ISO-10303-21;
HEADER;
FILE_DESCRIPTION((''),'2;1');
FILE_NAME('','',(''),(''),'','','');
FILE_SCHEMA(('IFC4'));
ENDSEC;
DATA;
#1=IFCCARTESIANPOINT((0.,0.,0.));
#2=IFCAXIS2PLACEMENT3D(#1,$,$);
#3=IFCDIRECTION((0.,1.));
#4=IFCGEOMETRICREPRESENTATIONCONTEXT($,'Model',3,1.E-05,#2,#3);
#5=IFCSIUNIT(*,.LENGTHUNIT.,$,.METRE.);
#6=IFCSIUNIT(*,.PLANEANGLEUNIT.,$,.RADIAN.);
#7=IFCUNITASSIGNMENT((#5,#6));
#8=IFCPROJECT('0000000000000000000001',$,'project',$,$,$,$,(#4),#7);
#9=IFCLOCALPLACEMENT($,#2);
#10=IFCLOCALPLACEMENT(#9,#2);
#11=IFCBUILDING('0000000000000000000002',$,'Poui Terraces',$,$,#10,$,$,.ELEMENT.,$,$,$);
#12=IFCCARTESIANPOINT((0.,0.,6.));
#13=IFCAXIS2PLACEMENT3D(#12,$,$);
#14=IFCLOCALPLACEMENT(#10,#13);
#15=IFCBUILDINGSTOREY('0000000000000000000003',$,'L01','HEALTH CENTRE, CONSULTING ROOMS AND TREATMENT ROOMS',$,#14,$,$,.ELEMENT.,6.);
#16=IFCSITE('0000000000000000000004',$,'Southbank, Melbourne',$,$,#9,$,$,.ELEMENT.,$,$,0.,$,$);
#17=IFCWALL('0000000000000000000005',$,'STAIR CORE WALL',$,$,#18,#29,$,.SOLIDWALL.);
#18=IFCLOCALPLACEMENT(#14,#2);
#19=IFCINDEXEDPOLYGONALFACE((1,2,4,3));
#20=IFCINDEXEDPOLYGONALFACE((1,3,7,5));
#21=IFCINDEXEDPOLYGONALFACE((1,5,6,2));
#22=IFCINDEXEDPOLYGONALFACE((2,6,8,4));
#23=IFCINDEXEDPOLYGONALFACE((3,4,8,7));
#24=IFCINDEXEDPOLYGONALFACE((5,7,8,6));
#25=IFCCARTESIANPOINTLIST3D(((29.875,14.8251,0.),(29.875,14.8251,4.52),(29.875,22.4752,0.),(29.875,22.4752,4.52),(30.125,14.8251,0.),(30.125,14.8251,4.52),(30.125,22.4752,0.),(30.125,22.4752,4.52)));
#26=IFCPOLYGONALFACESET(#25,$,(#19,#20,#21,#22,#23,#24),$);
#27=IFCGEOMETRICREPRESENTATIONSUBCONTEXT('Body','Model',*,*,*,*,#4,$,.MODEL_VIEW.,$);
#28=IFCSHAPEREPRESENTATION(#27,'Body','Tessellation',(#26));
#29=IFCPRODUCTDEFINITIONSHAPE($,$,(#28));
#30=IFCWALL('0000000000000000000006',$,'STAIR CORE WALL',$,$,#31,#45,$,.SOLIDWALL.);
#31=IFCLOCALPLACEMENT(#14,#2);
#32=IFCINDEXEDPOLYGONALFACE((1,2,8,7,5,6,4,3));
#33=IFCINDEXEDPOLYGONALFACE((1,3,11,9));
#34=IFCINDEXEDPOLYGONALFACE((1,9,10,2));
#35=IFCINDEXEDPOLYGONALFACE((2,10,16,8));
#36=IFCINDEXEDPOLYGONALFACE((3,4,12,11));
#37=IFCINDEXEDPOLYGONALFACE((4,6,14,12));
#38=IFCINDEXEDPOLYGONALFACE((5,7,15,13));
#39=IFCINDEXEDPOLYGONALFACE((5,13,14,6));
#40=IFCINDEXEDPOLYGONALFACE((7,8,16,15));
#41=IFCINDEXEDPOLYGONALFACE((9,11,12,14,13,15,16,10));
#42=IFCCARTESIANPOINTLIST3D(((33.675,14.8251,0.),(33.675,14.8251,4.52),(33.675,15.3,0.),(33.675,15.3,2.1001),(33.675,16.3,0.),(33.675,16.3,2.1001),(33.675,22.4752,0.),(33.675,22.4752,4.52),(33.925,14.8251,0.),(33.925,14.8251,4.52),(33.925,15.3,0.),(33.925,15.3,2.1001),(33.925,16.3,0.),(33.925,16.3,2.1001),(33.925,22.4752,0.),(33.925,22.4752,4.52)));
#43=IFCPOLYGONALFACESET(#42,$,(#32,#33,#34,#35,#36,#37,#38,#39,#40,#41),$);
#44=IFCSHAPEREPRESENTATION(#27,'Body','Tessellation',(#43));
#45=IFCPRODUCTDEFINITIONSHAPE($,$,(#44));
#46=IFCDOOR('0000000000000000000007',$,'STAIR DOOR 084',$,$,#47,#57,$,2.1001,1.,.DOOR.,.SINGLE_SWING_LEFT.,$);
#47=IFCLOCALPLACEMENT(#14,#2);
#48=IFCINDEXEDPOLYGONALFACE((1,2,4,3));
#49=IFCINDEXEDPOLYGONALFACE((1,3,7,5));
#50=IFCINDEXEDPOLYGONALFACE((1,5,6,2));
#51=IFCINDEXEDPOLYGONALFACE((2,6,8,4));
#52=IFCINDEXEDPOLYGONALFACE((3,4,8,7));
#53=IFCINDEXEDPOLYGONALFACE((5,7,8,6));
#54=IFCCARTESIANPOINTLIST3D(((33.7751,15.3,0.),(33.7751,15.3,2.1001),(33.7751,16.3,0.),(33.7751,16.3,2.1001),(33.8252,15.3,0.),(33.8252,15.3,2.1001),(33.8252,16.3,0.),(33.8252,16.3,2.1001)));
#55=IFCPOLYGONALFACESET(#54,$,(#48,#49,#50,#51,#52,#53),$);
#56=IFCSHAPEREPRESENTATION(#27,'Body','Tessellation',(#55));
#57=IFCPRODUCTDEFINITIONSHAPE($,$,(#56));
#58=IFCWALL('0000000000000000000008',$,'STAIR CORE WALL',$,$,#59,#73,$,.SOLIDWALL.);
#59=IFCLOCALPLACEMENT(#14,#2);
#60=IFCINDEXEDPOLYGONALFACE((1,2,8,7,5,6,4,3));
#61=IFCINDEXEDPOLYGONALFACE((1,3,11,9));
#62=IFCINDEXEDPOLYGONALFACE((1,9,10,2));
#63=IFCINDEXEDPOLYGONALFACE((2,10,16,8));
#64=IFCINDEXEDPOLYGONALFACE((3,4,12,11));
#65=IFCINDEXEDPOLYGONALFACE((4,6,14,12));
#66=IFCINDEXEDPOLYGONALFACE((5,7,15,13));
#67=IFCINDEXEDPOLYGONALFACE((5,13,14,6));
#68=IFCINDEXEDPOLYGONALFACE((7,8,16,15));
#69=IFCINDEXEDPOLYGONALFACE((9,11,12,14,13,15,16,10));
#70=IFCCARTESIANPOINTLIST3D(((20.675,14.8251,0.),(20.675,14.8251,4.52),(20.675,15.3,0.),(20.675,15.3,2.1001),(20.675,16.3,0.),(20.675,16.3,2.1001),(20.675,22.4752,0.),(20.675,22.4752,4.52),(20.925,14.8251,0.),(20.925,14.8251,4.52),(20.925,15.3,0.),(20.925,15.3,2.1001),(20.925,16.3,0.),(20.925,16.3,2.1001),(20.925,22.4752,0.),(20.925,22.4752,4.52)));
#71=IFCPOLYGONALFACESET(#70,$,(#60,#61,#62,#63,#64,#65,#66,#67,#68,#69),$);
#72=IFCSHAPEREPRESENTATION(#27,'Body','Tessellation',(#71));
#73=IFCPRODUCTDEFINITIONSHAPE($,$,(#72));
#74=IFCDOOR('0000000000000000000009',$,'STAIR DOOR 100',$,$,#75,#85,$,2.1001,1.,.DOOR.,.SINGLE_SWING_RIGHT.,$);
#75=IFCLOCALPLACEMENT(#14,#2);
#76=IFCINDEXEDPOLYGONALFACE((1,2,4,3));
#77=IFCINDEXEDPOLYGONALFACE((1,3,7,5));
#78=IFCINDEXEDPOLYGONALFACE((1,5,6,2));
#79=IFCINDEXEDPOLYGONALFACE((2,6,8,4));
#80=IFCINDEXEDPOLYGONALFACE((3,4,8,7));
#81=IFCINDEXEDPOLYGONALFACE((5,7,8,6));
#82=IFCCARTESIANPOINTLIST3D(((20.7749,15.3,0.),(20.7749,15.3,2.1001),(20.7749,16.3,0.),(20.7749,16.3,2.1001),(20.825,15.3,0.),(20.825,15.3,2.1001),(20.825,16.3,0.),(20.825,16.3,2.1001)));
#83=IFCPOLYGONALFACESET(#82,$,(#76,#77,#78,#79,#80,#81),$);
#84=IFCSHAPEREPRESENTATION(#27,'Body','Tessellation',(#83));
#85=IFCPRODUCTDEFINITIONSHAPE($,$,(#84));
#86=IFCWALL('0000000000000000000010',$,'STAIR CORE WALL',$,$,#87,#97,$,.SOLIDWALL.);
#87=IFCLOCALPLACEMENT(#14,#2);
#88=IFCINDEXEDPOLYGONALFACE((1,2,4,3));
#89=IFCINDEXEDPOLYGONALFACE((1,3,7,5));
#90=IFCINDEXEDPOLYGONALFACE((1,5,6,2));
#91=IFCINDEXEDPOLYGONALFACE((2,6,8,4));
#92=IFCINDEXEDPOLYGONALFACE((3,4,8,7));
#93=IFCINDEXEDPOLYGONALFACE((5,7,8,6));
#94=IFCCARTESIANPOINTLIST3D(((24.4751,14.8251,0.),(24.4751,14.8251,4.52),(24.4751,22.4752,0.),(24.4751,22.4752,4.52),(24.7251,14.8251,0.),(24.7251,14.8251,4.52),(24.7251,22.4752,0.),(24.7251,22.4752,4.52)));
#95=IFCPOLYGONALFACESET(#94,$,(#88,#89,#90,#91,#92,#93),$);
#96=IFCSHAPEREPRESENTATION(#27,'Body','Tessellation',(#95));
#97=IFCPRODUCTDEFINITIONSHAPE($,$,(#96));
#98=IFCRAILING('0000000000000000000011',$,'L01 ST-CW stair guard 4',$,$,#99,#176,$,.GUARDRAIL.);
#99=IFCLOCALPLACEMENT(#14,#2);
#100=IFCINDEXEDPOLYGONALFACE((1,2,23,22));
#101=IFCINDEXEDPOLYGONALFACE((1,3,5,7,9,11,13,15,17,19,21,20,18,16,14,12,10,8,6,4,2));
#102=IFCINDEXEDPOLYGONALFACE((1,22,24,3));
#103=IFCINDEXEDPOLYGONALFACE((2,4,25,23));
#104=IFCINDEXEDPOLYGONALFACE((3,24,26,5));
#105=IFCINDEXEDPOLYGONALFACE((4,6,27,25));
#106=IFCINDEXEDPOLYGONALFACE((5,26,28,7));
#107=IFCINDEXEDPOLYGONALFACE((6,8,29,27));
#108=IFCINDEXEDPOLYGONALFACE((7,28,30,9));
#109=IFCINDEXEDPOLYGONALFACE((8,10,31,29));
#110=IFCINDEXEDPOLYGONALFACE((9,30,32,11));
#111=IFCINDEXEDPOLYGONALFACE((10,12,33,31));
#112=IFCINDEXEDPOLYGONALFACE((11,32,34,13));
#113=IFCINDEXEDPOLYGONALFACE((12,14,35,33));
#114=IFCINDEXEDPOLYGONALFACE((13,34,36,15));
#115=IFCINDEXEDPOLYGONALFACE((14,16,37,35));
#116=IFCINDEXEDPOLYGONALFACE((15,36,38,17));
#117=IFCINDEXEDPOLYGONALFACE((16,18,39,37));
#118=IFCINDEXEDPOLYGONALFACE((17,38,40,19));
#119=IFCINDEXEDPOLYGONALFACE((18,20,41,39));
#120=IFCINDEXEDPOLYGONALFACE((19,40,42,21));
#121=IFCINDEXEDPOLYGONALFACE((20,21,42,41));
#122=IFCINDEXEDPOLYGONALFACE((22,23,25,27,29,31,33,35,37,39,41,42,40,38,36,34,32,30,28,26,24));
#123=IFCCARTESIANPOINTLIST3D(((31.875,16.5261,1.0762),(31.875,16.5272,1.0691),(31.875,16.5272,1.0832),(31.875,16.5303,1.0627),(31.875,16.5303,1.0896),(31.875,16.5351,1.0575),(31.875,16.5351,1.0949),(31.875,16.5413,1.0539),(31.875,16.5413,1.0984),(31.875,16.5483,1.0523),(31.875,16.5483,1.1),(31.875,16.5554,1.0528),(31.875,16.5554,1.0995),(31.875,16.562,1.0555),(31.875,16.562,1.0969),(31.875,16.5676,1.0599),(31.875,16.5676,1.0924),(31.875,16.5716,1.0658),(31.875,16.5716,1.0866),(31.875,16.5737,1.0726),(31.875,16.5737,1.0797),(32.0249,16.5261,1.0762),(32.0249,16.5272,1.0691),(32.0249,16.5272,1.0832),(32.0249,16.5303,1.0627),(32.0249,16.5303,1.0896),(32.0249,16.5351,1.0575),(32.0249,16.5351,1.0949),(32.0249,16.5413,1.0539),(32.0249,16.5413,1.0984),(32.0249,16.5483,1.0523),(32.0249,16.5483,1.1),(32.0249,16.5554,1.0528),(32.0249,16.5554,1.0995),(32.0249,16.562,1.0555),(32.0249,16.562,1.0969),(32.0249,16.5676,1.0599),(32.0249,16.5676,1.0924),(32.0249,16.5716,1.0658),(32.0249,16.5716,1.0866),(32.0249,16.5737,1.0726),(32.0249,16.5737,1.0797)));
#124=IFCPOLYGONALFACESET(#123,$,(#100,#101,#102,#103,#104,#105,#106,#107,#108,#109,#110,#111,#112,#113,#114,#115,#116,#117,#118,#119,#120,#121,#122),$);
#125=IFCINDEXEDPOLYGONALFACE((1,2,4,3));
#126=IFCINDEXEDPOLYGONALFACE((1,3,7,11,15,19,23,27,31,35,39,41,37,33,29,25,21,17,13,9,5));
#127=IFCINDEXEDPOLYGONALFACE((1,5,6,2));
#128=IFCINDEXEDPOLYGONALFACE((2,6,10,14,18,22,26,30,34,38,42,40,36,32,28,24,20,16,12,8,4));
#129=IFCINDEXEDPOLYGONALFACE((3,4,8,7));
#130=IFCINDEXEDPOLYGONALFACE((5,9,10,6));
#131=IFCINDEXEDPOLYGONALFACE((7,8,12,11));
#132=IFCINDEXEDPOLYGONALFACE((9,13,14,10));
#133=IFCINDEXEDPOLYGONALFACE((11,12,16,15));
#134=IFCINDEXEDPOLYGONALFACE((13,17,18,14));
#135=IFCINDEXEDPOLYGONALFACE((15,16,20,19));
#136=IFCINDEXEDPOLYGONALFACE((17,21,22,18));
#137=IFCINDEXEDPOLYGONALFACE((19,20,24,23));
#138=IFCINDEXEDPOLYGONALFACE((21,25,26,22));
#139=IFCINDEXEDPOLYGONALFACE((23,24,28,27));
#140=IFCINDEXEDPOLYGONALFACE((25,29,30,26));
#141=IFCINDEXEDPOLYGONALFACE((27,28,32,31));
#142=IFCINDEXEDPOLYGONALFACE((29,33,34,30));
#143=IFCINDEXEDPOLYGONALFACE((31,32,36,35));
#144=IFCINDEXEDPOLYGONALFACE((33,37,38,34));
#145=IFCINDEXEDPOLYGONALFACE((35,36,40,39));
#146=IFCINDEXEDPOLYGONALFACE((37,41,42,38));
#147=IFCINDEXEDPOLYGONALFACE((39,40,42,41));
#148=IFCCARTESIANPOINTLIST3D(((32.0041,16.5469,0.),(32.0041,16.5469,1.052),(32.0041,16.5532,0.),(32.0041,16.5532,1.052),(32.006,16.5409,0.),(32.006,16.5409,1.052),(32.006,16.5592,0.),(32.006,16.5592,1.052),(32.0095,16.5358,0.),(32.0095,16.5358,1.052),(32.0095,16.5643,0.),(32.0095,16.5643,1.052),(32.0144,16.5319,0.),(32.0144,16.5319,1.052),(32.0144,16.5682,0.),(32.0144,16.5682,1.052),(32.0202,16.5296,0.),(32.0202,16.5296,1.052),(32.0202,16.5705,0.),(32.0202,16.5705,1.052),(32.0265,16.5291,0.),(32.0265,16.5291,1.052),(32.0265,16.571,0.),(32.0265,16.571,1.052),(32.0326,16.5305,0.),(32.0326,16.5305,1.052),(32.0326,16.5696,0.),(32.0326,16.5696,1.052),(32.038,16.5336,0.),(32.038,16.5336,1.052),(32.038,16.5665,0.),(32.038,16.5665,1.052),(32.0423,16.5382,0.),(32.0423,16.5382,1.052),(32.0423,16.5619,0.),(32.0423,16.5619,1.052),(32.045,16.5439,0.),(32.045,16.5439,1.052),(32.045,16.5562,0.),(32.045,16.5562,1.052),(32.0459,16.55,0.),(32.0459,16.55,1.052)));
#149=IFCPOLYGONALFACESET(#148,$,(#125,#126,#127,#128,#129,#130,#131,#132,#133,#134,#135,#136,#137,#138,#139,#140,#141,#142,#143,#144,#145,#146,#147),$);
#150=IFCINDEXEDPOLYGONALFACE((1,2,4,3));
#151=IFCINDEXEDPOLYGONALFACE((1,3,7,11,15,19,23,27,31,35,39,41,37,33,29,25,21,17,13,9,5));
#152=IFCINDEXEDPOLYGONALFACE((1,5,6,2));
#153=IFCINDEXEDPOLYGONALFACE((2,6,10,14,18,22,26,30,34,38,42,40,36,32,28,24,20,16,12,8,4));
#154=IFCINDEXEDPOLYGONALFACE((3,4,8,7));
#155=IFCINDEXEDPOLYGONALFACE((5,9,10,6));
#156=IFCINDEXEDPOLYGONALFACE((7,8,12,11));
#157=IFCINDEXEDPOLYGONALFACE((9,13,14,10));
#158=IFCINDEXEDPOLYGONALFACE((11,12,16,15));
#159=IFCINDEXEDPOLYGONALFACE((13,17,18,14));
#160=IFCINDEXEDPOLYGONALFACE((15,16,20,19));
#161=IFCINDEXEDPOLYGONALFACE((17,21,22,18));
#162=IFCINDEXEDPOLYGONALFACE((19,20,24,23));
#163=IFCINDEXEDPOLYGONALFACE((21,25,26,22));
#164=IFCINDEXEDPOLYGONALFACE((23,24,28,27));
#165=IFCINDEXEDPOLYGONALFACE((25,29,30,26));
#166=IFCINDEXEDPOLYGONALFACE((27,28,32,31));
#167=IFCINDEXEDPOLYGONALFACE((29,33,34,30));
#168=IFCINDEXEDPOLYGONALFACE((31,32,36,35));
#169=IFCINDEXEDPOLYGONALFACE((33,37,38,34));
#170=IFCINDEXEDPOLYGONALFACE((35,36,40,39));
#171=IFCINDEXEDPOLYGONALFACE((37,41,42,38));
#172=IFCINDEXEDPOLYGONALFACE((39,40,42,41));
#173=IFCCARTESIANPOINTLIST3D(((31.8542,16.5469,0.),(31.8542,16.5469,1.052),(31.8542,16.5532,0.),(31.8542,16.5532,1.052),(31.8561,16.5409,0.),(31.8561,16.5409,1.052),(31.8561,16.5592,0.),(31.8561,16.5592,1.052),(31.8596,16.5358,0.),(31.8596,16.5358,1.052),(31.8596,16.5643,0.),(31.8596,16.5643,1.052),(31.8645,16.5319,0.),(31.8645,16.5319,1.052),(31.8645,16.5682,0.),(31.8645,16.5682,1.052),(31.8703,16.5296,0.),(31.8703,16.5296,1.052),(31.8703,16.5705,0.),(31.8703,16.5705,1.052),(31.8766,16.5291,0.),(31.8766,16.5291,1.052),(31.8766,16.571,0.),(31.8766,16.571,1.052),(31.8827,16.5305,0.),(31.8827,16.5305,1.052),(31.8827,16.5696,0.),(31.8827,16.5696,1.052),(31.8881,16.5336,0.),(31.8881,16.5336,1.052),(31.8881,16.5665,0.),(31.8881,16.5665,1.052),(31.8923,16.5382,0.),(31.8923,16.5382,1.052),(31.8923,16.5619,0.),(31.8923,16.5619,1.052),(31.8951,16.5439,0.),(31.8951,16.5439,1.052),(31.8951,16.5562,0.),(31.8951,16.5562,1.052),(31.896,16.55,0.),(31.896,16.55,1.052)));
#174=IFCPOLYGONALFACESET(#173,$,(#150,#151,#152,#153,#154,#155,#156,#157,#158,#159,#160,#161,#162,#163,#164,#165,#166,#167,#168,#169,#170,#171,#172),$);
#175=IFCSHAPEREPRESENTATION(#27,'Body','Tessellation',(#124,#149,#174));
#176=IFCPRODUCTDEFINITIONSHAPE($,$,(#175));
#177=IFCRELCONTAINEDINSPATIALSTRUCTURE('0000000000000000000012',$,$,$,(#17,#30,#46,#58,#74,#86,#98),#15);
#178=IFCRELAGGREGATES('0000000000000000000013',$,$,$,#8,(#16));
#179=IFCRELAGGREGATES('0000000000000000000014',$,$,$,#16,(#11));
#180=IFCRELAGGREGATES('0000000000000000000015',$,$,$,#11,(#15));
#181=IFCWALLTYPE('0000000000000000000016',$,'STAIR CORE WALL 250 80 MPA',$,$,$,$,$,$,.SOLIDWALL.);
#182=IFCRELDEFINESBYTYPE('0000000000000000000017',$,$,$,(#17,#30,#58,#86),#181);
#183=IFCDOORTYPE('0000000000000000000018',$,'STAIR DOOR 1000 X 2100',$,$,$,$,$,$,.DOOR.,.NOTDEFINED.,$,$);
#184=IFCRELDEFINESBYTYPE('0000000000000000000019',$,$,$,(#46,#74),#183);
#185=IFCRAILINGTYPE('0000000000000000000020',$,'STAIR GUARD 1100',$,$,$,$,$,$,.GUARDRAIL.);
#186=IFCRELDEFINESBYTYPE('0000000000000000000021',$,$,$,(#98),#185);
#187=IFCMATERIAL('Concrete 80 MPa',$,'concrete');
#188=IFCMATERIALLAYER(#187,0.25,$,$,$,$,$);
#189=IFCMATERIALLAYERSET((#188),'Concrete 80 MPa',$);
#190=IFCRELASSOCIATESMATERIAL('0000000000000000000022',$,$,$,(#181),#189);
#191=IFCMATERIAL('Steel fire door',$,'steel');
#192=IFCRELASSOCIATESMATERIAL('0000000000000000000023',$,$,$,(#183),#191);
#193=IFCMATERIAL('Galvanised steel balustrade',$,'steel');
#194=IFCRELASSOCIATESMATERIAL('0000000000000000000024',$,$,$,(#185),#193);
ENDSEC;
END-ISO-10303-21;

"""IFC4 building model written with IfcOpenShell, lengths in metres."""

from ifc_helpers import new_model, si_unit, direction, frame, frame_2d, origin, origin_2d, place, context, subcontext, project, spatial, rectangle, circle, extrude, material, layer, layer_set, type_object, element, fill, save


model = new_model("IFC4")

# Units and contexts
model_context = context("Model", 3, precision=1e-05, world=origin(), true_north=direction((0.0, 1.0)))
body_context = subcontext(model_context, "Body", "Model", "MODEL_VIEW")
ifc_project = project(units=[si_unit("LENGTHUNIT", "METRE"), si_unit("PLANEANGLEUNIT", "RADIAN")], contexts=[model_context])

# Site, building, storey
site_placement = place(None, origin())
site = spatial("IfcSite", under=ifc_project, at=site_placement, Name="Southbank, Melbourne", CompositionType="ELEMENT", RefElevation=0.0)
building_placement = place(site_placement, origin())
building = spatial("IfcBuilding", under=site, at=building_placement, Name="Poui Terraces", CompositionType="ELEMENT")
storey_placement = place(building_placement, frame((0.0, 0.0, 6.0)))
storey = spatial("IfcBuildingStorey", under=building, at=storey_placement, Name="L01", Description="HEALTH CENTRE, CONSULTING ROOMS AND TREATMENT ROOMS", CompositionType="ELEMENT", Elevation=6.0)

# Shared definitions
ifc_material_1 = material(Name="Concrete 80 MPa", Category="concrete")

# Shared definitions
ifc_material_2 = material(Name="Steel fire door", Category="steel")

# Wall
ifc_layer_1 = layer(ifc_material_1, 0.25)
ifc_layer_set_1 = layer_set([ifc_layer_1], Name="Concrete 80 MPa")
wall_type_1 = type_object("IfcWallType", Name="STAIR CORE WALL 250 80 MPA", PredefinedType="SOLIDWALL", material=ifc_layer_set_1)
wall_1_placement = place(storey_placement, frame((30.0, 14.825, 0.0), z_axis=(0.0, 0.0, 1.0), x_axis=(0.0, 1.0, 0.0)))
element("IfcWall", 1, at=wall_1_placement, inside=storey, type_object=wall_type_1, Name="STAIR CORE WALL", PredefinedType="SOLIDWALL", context=body_context, shape_type="SweptSolid", body=[
    extrude(rectangle(XDim=7.6501, YDim=0.25, at=frame_2d((3.8252, 0.0))), origin(), (0.0, 0.0, 1.0), 4.52),
])

# Walls, openings, doors
wall_2_placement = place(storey_placement, frame((33.8, 14.825, 0.0), z_axis=(0.0, 0.0, 1.0), x_axis=(0.0, 1.0, 0.0)))
wall_2 = element("IfcWall", 2, at=wall_2_placement, inside=storey, type_object=wall_type_1, Name="STAIR CORE WALL", PredefinedType="SOLIDWALL", context=body_context, shape_type="SweptSolid", body=[
    extrude(rectangle(XDim=7.6501, YDim=0.25, at=frame_2d((3.8252, 0.0))), origin(), (0.0, 0.0, 1.0), 4.52),
])
opening_1_placement = place(wall_2_placement, frame((0.4751, 0.0, 0.0)))
opening_1 = element("IfcOpeningElement", 3, at=opening_1_placement, cuts=wall_2, PredefinedType="OPENING", context=body_context, shape_type="SweptSolid", body=[
    extrude(rectangle(XDim=1.0, YDim=2.1001, at=frame_2d((0.5, 1.05))), frame((0.0, 0.135, 0.0), z_axis=(0.0, -1.0, 0.0), x_axis=(1.0, 0.0, 0.0)), (0.0, 0.0, 1.0), 0.27),
])
door_type_1 = type_object("IfcDoorType", Name="STAIR DOOR 1000 X 2100", OperationType="NOTDEFINED", PredefinedType="DOOR", material=ifc_material_2)
door_1_placement = place(opening_1_placement, origin())
door_1 = element("IfcDoor", 4, at=door_1_placement, inside=storey, type_object=door_type_1, Name="STAIR DOOR 084", OperationType="SINGLE_SWING_LEFT", OverallHeight=2.1001, OverallWidth=1.0, PredefinedType="DOOR", context=body_context, shape_type="SweptSolid", body=[
    extrude(rectangle(XDim=1.0, YDim=2.1001, at=frame_2d((0.5, 1.05))), frame((0.0, 0.0249, 0.0), z_axis=(0.0, -1.0, 0.0), x_axis=(1.0, 0.0, 0.0)), (0.0, 0.0, 1.0), 0.05),
])
fill(opening_1, door_1)
wall_3_placement = place(storey_placement, frame((20.8, 14.825, 0.0), z_axis=(0.0, 0.0, 1.0), x_axis=(0.0, 1.0, 0.0)))
wall_3 = element("IfcWall", 5, at=wall_3_placement, inside=storey, type_object=wall_type_1, Name="STAIR CORE WALL", PredefinedType="SOLIDWALL", context=body_context, shape_type="SweptSolid", body=[
    extrude(rectangle(XDim=7.6501, YDim=0.25, at=frame_2d((3.8252, 0.0))), origin(), (0.0, 0.0, 1.0), 4.52),
])
opening_2_placement = place(wall_3_placement, frame((0.4751, 0.0, 0.0)))
opening_2 = element("IfcOpeningElement", 6, at=opening_2_placement, cuts=wall_3, PredefinedType="OPENING", context=body_context, shape_type="SweptSolid", body=[
    extrude(rectangle(XDim=1.0, YDim=2.1001, at=frame_2d((0.5, 1.05))), frame((0.0, 0.135, 0.0), z_axis=(0.0, -1.0, 0.0), x_axis=(1.0, 0.0, 0.0)), (0.0, 0.0, 1.0), 0.27),
])
door_2_placement = place(opening_2_placement, frame((1.0, 0.0, 0.0), z_axis=(0.0, 0.0, 1.0), x_axis=(-1.0, 0.0, 0.0)))
door_2 = element("IfcDoor", 7, at=door_2_placement, inside=storey, type_object=door_type_1, Name="STAIR DOOR 100", OperationType="SINGLE_SWING_RIGHT", OverallHeight=2.1001, OverallWidth=1.0, PredefinedType="DOOR", context=body_context, shape_type="SweptSolid", body=[
    extrude(rectangle(XDim=1.0, YDim=2.1001, at=frame_2d((0.5, 1.05))), frame((0.0, 0.0249, 0.0), z_axis=(0.0, -1.0, 0.0), x_axis=(1.0, 0.0, 0.0)), (0.0, 0.0, 1.0), 0.05),
])
fill(opening_2, door_2)

# Wall
wall_4_placement = place(storey_placement, frame((24.6001, 14.825, 0.0), z_axis=(0.0, 0.0, 1.0), x_axis=(0.0, 1.0, 0.0)))
element("IfcWall", 8, at=wall_4_placement, inside=storey, type_object=wall_type_1, Name="STAIR CORE WALL", PredefinedType="SOLIDWALL", context=body_context, shape_type="SweptSolid", body=[
    extrude(rectangle(XDim=7.6501, YDim=0.25, at=frame_2d((3.8252, 0.0))), origin(), (0.0, 0.0, 1.0), 4.52),
])

# Railing
ifc_material_3 = material(Name="Galvanised steel balustrade", Category="steel")
railing_type = type_object("IfcRailingType", Name="STAIR GUARD 1100", PredefinedType="GUARDRAIL", material=ifc_material_3)
for number, where, name in (
    (9, (32.0249, 16.55, 0.0), "L01 ST-CW stair guard 4"),
):
    element("IfcRailing", number, at=place(storey_placement, frame(where)), inside=storey, type_object=railing_type, Name=name, PredefinedType="GUARDRAIL", context=body_context, shape_type="SweptSolid", body=[
        extrude(circle(Radius=0.0239, at=origin_2d()), frame((0.0, 0.0, 1.0762), z_axis=(-1.0, 0.0, 0.0), x_axis=(0.0, -1.0, 0.0)), (0.0, 0.0, 1.0), 0.1499),
        extrude(circle(Radius=0.021, at=origin_2d()), origin(), (0.0, 0.0, 1.0), 1.052),
        extrude(circle(Radius=0.021, at=origin_2d()), frame((-0.1499, 0.0, 0.0)), (0.0, 0.0, 1.0), 1.052),
    ])

save(model, "model.ifc")
